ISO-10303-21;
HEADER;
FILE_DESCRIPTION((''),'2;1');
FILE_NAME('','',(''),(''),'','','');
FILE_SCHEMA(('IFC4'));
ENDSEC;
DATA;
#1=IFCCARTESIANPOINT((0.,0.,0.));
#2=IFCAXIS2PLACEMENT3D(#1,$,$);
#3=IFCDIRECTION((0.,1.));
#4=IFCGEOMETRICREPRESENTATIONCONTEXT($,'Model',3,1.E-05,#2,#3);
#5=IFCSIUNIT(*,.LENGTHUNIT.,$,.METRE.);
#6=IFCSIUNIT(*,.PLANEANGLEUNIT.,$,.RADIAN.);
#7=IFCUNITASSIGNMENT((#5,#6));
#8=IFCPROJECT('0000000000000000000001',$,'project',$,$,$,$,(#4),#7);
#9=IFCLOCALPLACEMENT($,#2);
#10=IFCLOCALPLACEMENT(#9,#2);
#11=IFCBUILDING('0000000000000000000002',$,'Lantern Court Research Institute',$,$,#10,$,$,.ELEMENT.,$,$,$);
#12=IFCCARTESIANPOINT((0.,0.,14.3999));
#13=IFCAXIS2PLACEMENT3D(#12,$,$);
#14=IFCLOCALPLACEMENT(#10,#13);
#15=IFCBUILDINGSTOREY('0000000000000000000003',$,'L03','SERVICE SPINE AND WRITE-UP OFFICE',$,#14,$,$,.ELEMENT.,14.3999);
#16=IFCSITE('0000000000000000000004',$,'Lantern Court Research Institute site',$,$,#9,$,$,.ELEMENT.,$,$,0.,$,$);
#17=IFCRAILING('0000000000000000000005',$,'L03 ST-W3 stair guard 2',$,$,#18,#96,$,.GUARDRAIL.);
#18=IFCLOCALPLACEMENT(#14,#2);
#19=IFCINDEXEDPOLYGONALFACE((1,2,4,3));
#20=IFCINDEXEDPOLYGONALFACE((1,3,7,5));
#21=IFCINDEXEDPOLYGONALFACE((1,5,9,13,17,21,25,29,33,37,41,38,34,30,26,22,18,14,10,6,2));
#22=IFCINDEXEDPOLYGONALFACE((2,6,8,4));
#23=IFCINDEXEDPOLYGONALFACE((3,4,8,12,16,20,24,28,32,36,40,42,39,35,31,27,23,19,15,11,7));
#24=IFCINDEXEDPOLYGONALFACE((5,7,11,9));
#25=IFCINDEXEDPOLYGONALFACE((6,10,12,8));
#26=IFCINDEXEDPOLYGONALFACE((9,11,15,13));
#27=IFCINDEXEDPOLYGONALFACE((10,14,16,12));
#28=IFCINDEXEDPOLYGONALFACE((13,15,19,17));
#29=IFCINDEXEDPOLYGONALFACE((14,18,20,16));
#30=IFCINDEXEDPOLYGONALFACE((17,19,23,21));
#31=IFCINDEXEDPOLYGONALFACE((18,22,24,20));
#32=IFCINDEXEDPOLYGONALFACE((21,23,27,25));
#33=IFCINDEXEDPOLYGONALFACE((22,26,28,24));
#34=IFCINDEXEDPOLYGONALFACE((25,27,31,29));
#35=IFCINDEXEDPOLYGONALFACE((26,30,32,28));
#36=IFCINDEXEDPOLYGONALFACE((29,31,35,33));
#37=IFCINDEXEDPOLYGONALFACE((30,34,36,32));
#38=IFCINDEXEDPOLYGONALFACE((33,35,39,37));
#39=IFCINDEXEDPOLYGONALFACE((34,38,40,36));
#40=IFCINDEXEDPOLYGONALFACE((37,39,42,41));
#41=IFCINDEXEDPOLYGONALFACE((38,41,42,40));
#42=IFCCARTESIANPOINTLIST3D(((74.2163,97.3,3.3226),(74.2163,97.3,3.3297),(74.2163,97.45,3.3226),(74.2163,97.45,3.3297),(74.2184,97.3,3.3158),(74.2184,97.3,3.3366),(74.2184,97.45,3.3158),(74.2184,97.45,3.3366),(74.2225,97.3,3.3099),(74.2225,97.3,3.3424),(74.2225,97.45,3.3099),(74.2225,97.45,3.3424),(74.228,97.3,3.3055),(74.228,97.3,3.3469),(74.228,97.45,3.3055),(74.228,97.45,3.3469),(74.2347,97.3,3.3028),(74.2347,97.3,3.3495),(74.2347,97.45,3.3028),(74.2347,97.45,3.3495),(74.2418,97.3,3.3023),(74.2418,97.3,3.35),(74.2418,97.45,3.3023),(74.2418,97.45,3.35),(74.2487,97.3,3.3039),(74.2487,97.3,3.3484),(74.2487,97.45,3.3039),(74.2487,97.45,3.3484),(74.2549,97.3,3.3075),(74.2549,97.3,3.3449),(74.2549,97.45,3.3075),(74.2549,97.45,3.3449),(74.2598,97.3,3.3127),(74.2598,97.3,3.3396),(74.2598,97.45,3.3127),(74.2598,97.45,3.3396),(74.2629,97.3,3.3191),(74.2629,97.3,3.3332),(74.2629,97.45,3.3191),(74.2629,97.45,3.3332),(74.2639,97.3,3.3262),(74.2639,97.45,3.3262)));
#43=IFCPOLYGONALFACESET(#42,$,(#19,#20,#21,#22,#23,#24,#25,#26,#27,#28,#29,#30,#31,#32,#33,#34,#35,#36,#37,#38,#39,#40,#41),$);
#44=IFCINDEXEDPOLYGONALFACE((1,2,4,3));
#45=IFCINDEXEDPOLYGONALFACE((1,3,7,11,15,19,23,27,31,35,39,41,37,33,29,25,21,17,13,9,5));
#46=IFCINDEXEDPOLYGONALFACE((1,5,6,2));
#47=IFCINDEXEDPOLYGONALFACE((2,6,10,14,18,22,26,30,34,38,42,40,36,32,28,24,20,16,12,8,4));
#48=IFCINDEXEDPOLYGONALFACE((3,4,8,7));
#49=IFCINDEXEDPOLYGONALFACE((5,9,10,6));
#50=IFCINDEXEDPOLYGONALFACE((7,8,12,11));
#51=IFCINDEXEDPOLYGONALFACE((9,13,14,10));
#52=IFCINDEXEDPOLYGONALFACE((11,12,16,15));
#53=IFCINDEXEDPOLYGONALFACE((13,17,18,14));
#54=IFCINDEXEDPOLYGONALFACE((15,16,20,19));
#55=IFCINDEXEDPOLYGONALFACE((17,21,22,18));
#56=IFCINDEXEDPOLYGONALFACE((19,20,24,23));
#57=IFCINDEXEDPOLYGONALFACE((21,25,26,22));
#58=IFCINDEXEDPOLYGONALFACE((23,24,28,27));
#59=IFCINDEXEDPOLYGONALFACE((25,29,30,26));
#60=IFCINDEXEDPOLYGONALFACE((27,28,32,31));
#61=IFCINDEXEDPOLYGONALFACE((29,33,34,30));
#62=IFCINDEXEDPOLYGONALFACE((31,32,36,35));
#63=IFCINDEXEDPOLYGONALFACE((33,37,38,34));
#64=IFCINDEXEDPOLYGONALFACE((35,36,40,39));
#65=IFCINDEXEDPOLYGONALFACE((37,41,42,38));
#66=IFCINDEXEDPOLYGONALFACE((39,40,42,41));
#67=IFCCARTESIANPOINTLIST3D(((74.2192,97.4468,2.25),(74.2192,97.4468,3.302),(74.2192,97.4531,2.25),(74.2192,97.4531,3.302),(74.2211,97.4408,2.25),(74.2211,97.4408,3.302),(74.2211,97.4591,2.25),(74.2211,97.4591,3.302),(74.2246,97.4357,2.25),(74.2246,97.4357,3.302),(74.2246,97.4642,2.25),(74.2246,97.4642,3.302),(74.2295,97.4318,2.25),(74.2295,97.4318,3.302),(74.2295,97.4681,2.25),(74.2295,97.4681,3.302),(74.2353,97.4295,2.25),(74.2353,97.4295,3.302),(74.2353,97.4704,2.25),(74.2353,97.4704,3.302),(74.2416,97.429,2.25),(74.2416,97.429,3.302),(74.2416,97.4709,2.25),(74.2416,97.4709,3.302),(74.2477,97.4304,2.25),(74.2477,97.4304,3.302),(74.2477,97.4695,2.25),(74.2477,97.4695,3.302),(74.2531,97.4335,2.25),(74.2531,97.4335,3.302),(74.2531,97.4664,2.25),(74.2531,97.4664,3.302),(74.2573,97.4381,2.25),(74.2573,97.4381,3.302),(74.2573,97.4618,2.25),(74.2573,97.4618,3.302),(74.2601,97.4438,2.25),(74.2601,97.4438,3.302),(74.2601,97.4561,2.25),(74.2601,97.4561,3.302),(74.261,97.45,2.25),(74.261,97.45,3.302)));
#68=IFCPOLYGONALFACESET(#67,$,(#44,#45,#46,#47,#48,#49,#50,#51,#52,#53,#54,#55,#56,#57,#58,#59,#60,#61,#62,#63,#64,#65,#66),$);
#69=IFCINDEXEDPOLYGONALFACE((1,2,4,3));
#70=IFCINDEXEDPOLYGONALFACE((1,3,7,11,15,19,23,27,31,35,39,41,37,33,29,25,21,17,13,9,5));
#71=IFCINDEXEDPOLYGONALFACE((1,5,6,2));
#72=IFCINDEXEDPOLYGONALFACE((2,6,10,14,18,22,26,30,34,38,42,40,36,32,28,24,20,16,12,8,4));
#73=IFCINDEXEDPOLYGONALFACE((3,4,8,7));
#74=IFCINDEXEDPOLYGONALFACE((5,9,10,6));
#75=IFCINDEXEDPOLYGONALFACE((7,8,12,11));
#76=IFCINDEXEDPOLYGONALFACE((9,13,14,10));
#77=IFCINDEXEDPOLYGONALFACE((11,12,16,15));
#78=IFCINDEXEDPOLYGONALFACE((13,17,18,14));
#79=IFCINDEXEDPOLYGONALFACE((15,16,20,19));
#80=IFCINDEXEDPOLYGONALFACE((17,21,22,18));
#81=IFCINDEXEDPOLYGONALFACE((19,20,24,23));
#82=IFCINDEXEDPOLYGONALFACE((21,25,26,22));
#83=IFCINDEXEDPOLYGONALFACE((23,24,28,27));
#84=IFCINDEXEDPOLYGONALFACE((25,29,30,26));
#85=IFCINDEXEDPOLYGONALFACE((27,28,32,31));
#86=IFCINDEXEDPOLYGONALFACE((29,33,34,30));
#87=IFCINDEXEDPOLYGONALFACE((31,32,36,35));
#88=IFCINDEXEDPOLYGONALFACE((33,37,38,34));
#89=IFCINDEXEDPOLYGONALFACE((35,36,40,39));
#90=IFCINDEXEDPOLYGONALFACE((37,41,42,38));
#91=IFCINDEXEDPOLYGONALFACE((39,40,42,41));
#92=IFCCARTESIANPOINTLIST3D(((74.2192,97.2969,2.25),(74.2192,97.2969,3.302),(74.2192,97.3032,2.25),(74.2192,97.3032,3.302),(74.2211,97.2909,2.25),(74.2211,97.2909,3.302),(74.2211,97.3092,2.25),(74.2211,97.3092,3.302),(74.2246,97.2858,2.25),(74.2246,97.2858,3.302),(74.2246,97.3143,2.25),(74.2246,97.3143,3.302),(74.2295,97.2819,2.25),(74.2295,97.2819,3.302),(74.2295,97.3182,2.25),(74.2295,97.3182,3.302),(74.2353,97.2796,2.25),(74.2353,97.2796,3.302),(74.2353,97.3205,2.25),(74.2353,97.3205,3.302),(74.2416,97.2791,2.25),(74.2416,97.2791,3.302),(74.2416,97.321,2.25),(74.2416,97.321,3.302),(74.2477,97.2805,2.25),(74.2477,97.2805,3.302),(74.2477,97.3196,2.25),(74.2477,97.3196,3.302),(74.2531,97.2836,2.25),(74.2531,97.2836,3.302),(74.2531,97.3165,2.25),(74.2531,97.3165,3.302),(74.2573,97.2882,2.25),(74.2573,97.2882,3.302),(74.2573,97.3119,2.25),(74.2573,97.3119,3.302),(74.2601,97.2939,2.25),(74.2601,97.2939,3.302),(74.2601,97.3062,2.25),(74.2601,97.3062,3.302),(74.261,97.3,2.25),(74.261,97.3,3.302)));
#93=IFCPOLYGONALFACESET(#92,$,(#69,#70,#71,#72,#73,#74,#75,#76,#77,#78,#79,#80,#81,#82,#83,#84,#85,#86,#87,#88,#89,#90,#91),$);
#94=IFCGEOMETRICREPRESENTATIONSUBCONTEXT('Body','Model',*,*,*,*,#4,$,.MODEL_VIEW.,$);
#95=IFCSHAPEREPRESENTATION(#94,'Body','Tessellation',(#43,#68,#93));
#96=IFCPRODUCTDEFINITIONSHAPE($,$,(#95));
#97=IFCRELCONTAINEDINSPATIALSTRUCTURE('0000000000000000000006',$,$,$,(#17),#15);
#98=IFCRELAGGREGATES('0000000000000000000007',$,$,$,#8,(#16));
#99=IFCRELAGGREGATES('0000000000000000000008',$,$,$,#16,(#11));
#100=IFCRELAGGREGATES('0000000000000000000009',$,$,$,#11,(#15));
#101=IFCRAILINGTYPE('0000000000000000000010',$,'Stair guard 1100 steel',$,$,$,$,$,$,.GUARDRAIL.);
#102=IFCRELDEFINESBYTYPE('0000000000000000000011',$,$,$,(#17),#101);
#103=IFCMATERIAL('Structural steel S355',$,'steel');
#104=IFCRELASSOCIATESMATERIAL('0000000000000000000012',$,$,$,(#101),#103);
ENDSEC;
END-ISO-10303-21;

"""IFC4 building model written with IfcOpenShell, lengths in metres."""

from ifc_helpers import new_model, si_unit, direction, frame, origin, origin_2d, place, context, subcontext, project, spatial, circle, extrude, material, type_object, element, save


model = new_model("IFC4")

# Units and contexts
model_context = context("Model", 3, precision=1e-05, world=origin(), true_north=direction((0.0, 1.0)))
body_context = subcontext(model_context, "Body", "Model", "MODEL_VIEW")
ifc_project = project(units=[si_unit("LENGTHUNIT", "METRE"), si_unit("PLANEANGLEUNIT", "RADIAN")], contexts=[model_context])

# Site, building, storey
site_placement = place(None, origin())
site = spatial("IfcSite", under=ifc_project, at=site_placement, Name="Lantern Court Research Institute site", CompositionType="ELEMENT", RefElevation=0.0)
building_placement = place(site_placement, origin())
building = spatial("IfcBuilding", under=site, at=building_placement, Name="Lantern Court Research Institute", CompositionType="ELEMENT")
storey_placement = place(building_placement, frame((0.0, 0.0, 14.3999)))
storey = spatial("IfcBuildingStorey", under=building, at=storey_placement, Name="L03", Description="SERVICE SPINE AND WRITE-UP OFFICE", CompositionType="ELEMENT", Elevation=14.3999)

# Railing
ifc_material_1 = material(Name="Structural steel S355", Category="steel")
railing_type = type_object("IfcRailingType", Name="Stair guard 1100 steel", PredefinedType="GUARDRAIL", material=ifc_material_1)
railing_1_placement = place(storey_placement, frame((74.24, 97.45, 2.25)))
element("IfcRailing", 1, at=railing_1_placement, inside=storey, type_object=railing_type, Name="L03 ST-W3 stair guard 2", PredefinedType="GUARDRAIL", context=body_context, shape_type="SweptSolid", body=[
    extrude(circle(Radius=0.0239, at=origin_2d()), frame((0.0, 0.0, 1.0762), z_axis=(0.0, -1.0, 0.0), x_axis=(1.0, 0.0, 0.0)), (0.0, 0.0, 1.0), 0.1499),
    extrude(circle(Radius=0.021, at=origin_2d()), origin(), (0.0, 0.0, 1.0), 1.052),
    extrude(circle(Radius=0.021, at=origin_2d()), frame((0.0, -0.1499, 0.0)), (0.0, 0.0, 1.0), 1.052),
])

save(model, "model.ifc")
